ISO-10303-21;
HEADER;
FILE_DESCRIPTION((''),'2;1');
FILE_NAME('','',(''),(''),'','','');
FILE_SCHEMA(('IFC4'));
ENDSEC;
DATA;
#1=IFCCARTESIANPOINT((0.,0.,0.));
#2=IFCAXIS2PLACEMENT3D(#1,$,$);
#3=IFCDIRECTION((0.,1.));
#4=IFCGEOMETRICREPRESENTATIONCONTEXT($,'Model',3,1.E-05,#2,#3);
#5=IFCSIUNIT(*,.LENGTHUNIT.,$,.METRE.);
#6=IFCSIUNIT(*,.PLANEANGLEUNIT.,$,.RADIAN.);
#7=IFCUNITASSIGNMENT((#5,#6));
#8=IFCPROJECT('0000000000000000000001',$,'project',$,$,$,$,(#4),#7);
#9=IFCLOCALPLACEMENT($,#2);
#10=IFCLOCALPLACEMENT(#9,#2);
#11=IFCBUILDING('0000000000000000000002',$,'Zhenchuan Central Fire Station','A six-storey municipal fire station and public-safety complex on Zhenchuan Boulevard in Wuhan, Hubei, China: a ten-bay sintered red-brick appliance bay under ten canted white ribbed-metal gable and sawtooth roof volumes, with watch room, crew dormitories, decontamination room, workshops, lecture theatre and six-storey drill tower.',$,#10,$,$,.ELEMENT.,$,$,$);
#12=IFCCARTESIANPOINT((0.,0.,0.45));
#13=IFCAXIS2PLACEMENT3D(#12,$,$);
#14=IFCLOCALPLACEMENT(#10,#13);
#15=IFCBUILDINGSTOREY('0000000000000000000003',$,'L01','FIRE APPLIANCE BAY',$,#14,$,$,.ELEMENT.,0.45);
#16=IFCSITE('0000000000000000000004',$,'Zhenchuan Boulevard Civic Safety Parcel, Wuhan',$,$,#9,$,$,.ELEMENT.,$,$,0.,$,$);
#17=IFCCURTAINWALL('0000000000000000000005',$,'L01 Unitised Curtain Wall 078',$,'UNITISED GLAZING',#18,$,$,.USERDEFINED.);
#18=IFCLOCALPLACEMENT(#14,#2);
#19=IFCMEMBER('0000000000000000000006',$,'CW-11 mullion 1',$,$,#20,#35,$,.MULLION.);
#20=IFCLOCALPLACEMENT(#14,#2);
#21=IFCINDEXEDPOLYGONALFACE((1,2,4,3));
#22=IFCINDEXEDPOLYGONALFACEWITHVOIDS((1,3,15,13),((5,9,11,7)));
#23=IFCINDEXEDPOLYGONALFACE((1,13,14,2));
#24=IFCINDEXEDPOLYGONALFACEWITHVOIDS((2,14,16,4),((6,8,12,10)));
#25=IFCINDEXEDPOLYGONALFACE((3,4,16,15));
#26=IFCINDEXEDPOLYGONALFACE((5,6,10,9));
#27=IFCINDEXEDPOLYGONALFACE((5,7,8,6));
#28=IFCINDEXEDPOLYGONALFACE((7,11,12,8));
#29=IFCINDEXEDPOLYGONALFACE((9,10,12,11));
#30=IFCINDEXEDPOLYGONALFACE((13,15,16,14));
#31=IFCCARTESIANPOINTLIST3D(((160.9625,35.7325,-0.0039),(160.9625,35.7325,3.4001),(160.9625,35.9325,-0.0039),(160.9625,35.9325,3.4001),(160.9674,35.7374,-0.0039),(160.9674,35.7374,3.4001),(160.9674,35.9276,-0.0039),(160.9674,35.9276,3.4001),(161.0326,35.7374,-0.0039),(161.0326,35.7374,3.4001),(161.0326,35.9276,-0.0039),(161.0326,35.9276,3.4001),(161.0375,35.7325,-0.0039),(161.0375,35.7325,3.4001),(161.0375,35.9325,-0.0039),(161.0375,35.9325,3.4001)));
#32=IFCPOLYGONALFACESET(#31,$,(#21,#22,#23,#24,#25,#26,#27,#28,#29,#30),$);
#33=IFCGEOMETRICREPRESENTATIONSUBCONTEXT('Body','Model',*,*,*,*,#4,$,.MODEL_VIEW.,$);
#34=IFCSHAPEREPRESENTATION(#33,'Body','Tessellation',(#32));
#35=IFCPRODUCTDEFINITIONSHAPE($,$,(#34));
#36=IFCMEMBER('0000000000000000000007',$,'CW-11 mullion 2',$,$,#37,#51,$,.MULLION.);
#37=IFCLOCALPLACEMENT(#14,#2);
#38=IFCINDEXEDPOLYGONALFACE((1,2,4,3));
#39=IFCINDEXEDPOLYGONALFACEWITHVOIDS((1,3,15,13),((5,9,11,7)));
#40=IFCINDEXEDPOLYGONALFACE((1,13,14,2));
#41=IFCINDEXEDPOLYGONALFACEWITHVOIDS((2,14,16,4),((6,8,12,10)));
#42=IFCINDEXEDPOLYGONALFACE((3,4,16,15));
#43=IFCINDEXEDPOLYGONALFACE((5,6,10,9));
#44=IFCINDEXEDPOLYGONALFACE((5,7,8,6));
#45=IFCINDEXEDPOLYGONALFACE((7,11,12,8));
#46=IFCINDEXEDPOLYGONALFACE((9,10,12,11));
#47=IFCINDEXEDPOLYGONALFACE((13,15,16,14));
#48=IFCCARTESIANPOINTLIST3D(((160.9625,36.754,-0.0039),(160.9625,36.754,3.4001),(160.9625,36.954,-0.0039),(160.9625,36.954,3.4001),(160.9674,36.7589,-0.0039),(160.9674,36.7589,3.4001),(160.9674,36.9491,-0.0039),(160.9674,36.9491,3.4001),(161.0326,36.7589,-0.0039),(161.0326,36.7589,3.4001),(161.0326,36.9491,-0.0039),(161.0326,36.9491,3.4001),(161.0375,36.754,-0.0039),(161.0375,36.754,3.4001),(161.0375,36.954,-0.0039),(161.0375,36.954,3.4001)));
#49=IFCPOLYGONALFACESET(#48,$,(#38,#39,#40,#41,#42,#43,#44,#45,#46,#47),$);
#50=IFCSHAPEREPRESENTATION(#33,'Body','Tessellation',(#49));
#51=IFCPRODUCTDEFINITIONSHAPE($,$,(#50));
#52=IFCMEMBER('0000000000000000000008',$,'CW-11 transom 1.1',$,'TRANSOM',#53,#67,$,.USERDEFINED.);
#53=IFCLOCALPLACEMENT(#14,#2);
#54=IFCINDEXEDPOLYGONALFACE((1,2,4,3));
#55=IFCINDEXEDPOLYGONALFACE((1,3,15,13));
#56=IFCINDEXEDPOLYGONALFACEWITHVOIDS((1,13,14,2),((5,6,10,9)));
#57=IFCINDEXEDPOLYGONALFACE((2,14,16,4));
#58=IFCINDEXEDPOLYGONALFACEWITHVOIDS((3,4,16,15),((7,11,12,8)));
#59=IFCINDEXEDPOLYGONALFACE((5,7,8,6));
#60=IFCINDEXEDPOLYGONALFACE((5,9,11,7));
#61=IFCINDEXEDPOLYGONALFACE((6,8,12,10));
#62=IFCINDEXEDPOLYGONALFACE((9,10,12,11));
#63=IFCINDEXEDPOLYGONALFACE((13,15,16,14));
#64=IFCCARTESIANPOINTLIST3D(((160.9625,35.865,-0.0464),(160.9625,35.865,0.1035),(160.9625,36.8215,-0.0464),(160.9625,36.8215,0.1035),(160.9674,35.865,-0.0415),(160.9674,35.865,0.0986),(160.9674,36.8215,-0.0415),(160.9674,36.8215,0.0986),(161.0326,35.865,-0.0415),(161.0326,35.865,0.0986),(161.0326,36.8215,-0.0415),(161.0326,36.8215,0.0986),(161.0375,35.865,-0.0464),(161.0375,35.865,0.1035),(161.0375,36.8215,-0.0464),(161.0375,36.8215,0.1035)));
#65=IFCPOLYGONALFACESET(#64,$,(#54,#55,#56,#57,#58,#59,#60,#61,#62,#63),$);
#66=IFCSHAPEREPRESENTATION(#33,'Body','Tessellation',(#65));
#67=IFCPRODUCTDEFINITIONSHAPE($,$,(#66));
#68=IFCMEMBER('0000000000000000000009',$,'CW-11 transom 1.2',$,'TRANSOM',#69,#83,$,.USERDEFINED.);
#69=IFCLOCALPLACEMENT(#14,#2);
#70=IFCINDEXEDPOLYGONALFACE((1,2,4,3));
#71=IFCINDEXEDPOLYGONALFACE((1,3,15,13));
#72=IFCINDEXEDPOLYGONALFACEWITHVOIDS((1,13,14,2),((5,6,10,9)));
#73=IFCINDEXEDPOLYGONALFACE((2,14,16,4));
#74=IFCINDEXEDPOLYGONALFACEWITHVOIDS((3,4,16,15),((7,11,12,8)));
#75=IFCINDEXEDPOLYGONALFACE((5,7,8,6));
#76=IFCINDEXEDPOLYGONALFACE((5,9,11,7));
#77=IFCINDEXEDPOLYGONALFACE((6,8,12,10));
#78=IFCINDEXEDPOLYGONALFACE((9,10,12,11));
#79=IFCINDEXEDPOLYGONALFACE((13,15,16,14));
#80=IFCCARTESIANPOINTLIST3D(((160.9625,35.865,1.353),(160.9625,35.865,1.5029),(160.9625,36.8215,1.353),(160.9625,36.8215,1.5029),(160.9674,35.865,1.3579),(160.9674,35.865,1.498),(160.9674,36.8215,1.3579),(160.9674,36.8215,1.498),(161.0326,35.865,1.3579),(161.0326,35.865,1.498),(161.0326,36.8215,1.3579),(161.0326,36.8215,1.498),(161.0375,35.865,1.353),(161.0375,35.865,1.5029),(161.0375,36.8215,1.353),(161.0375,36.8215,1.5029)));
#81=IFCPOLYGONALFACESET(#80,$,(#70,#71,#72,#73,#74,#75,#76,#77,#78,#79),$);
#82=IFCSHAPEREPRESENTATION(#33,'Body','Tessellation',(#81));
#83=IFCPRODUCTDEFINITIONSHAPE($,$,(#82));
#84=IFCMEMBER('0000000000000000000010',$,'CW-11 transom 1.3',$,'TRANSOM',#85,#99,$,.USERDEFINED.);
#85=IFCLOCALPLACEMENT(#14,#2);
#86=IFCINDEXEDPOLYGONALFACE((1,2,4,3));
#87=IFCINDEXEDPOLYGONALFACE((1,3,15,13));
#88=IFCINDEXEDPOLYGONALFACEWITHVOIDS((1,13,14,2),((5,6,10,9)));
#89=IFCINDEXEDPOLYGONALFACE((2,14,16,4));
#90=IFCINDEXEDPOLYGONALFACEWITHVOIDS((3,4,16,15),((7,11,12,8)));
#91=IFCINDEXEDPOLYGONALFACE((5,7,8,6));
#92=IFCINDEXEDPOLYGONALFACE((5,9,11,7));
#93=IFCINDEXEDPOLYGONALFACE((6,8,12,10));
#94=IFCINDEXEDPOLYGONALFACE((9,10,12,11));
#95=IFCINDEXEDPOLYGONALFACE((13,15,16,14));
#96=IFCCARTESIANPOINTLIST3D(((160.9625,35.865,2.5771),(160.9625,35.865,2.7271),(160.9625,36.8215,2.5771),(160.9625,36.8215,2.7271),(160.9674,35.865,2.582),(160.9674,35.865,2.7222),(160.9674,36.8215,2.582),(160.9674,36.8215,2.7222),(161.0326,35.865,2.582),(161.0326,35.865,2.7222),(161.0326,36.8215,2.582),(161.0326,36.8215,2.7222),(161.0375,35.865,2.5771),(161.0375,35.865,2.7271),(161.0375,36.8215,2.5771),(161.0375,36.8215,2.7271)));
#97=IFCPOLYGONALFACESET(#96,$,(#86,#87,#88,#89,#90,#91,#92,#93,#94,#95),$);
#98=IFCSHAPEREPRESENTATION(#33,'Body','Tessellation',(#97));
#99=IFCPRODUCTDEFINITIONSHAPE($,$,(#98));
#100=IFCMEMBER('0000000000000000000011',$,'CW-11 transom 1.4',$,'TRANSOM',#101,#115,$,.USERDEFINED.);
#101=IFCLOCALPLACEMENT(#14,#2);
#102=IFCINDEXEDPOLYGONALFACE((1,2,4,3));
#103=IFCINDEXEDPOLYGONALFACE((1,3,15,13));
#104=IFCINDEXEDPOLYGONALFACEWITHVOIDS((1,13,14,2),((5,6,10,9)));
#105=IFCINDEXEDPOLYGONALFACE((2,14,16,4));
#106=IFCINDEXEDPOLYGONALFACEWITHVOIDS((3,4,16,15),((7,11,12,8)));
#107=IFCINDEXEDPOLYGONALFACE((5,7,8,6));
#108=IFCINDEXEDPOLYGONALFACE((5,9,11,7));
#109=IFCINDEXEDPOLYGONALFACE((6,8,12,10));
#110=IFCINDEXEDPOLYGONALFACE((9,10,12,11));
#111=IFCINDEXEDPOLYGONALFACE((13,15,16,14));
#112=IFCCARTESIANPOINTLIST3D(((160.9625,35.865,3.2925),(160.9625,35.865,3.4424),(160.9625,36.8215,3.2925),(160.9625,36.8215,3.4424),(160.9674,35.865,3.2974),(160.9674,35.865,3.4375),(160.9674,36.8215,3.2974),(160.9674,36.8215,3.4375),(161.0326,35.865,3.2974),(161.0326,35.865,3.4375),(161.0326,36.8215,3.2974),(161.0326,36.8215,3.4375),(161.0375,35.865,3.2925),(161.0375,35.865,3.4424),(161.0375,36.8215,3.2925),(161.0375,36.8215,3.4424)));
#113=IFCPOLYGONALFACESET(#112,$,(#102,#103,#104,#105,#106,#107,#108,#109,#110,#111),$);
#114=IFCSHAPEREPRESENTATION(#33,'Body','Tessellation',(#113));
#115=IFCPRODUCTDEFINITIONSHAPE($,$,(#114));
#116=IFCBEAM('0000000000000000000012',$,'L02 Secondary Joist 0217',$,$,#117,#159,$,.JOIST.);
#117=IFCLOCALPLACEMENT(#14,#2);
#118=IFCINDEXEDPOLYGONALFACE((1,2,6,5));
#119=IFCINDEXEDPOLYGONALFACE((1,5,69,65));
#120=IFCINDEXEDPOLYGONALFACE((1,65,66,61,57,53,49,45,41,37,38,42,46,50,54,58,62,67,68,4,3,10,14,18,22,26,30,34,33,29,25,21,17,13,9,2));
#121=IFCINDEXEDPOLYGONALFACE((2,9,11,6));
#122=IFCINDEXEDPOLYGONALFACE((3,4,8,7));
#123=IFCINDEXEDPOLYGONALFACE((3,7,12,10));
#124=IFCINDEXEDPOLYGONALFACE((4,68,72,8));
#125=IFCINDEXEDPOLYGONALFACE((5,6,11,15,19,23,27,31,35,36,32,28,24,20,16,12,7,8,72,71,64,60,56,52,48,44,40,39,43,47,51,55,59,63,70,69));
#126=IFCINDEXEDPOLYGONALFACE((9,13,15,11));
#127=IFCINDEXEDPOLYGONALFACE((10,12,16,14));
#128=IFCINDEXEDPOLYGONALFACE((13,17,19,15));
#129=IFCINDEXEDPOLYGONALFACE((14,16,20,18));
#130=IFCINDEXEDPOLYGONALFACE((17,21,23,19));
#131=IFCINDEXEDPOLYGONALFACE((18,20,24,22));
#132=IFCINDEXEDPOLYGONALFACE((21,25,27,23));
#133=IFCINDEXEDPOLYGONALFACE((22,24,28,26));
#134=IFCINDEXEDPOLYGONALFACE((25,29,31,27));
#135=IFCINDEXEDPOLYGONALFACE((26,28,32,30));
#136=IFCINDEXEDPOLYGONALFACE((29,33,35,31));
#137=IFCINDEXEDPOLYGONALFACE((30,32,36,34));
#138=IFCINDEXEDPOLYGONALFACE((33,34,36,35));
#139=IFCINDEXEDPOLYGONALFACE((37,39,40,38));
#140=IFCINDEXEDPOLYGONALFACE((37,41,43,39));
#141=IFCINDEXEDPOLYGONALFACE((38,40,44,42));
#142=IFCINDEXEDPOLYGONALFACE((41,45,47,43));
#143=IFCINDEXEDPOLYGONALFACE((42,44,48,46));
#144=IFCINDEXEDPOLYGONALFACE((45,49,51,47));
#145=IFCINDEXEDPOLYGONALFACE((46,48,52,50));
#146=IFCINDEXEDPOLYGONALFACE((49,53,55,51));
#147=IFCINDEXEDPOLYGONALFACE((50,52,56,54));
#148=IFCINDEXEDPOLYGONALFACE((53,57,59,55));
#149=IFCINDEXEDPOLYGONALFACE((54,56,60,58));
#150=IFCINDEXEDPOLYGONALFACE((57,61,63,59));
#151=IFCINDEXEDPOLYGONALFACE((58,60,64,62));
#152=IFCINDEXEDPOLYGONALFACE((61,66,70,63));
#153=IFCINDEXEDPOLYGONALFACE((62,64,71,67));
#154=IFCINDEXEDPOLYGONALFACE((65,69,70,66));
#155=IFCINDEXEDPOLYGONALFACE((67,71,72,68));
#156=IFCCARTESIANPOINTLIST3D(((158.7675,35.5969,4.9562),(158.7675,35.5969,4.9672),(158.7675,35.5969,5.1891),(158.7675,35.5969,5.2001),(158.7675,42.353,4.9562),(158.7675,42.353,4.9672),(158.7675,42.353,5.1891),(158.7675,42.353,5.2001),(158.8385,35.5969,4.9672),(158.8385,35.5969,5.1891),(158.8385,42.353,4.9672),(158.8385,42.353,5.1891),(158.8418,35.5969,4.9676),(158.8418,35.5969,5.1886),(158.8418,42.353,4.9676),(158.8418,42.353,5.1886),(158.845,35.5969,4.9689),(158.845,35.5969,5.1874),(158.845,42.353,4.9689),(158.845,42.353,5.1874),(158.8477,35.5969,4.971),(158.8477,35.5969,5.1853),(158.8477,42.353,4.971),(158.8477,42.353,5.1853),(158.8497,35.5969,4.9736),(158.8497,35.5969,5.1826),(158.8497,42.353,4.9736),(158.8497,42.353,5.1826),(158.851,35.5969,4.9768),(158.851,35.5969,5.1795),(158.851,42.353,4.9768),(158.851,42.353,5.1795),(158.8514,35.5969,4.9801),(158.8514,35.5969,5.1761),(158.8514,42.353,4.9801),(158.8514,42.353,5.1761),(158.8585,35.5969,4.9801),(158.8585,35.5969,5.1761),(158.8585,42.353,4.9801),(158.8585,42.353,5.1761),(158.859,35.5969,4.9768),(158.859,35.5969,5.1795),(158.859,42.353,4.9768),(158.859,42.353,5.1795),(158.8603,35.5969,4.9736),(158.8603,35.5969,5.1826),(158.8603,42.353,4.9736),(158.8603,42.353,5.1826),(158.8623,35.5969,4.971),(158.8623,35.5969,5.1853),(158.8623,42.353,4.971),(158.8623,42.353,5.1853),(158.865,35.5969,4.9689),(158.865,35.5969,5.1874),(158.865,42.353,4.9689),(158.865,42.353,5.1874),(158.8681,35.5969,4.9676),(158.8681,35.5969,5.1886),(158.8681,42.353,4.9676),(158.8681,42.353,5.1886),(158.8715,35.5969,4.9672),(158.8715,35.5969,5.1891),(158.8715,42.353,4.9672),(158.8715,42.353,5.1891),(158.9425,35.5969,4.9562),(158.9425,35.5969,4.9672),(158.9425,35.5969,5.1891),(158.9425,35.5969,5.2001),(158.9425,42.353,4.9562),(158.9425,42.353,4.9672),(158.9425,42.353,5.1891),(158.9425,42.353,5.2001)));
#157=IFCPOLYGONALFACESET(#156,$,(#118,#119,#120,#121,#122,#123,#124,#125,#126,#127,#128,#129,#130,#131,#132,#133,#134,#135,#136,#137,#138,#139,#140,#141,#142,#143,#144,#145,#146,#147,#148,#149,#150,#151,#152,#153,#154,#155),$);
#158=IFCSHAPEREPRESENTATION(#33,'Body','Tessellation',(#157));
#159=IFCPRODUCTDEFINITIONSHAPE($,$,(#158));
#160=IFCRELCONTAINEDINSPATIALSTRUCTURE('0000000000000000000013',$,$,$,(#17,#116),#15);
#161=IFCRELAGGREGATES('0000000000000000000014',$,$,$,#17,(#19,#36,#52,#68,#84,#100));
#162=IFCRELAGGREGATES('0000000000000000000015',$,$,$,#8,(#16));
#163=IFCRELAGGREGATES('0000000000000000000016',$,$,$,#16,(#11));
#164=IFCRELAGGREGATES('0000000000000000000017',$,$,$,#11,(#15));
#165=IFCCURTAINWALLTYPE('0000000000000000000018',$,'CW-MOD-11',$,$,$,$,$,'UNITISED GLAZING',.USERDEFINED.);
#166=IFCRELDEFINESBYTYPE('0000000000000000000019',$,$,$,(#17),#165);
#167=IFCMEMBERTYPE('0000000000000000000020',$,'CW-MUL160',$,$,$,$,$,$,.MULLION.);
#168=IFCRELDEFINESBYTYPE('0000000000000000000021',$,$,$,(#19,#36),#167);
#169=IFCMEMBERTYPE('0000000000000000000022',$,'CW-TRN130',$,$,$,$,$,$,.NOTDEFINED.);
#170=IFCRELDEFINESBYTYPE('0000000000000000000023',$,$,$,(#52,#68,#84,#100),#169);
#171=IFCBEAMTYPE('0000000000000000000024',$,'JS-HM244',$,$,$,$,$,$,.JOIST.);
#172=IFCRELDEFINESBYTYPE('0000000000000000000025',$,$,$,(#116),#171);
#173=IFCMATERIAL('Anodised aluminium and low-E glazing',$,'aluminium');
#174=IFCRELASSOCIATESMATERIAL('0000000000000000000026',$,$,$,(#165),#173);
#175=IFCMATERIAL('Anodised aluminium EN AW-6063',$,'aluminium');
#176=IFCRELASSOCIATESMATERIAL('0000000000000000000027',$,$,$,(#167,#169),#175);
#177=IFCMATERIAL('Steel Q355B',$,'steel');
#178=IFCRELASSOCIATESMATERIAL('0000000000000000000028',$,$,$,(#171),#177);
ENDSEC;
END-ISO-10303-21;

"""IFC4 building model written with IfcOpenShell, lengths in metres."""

from ifc_helpers import new_model, si_unit, direction, frame, origin, origin_2d, place, context, subcontext, project, spatial, hollow_rectangle, i_section, extrude, material, material_profile, profile_set, type_object, element, aggregate, save


model = new_model("IFC4")

# Units and contexts
model_context = context("Model", 3, precision=1e-05, world=origin(), true_north=direction((0.0, 1.0)))
body_context = subcontext(model_context, "Body", "Model", "MODEL_VIEW")
ifc_project = project(units=[si_unit("LENGTHUNIT", "METRE"), si_unit("PLANEANGLEUNIT", "RADIAN")], contexts=[model_context])

# Site, building, storey
site_placement = place(None, origin())
site = spatial("IfcSite", under=ifc_project, at=site_placement, Name="Zhenchuan Boulevard Civic Safety Parcel, Wuhan", CompositionType="ELEMENT", RefElevation=0.0)
building_placement = place(site_placement, origin())
building = spatial("IfcBuilding", under=site, at=building_placement, Name="Zhenchuan Central Fire Station", Description="A six-storey municipal fire station and public-safety complex on Zhenchuan Boulevard in Wuhan, Hubei, China: a ten-bay sintered red-brick appliance bay under ten canted white ribbed-metal gable and sawtooth roof volumes, with watch room, crew dormitories, decontamination room, workshops, lecture theatre and six-storey drill tower.", CompositionType="ELEMENT")
storey_placement = place(building_placement, frame((0.0, 0.0, 0.45)))
storey = spatial("IfcBuildingStorey", under=building, at=storey_placement, Name="L01", Description="FIRE APPLIANCE BAY", CompositionType="ELEMENT", Elevation=0.45)

# Shared definitions
ifc_material_1 = material(Name="Steel Q355B", Category="steel")

# Curtain wall, members
ifc_material_2 = material(Name="Anodised aluminium and low-E glazing", Category="aluminium")
curtain_wall_type = type_object("IfcCurtainWallType", Name="CW-MOD-11", ElementType="UNITISED GLAZING", PredefinedType="USERDEFINED", material=ifc_material_2)
curtain_wall_placement = place(storey_placement, origin())
curtain_wall = element("IfcCurtainWall", 1, at=curtain_wall_placement, inside=storey, type_object=curtain_wall_type, Name="L01 Unitised Curtain Wall 078", ObjectType="UNITISED GLAZING", PredefinedType="USERDEFINED")
ifc_material_3 = material(Name="Anodised aluminium EN AW-6063", Category="aluminium")
ifc_material_profile_1 = material_profile(ifc_material_3, hollow_rectangle(XDim=0.075, YDim=0.2, WallThickness=0.0049, at=origin_2d()), Name="ALU-M 200x75")
ifc_profile_set_1 = profile_set([ifc_material_profile_1], Name="Anodised aluminium EN AW-6063")
member_type_1 = type_object("IfcMemberType", Name="CW-MUL160", PredefinedType="MULLION", material=ifc_profile_set_1)
member_1_placement = place(storey_placement, frame((161.0, 35.8325, -0.0039), z_axis=(0.0, 0.0, 1.0), x_axis=(-1.0, 0.0, 0.0)))
member_1 = element("IfcMember", 2, at=member_1_placement, type_object=member_type_1, Name="CW-11 mullion 1", PredefinedType="MULLION", context=body_context, shape_type="SweptSolid", body=[
    extrude(hollow_rectangle(XDim=0.075, YDim=0.2, WallThickness=0.0049, at=origin_2d()), origin(), (0.0, 0.0, 1.0), 3.4041),
])
member_2_placement = place(storey_placement, frame((161.0, 36.854, -0.0039), z_axis=(0.0, 0.0, 1.0), x_axis=(-1.0, 0.0, 0.0)))
member_2 = element("IfcMember", 3, at=member_2_placement, type_object=member_type_1, Name="CW-11 mullion 2", PredefinedType="MULLION", context=body_context, shape_type="SweptSolid", body=[
    extrude(hollow_rectangle(XDim=0.075, YDim=0.2, WallThickness=0.0049, at=origin_2d()), origin(), (0.0, 0.0, 1.0), 3.4041),
])
ifc_material_profile_2 = material_profile(ifc_material_3, hollow_rectangle(XDim=0.075, YDim=0.1499, WallThickness=0.0049, at=origin_2d()), Name="ALU-T 150x75")
ifc_profile_set_2 = profile_set([ifc_material_profile_2], Name="Anodised aluminium EN AW-6063")
member_type_2 = type_object("IfcMemberType", Name="CW-TRN130", PredefinedType="NOTDEFINED", material=ifc_profile_set_2)
member_3_placement = place(storey_placement, frame((161.0, 35.865, 0.0286), z_axis=(0.0, 1.0, 0.0), x_axis=(-1.0, 0.0, 0.0)))
member_3 = element("IfcMember", 4, at=member_3_placement, type_object=member_type_2, Name="CW-11 transom 1.1", ObjectType="TRANSOM", PredefinedType="USERDEFINED", context=body_context, shape_type="SweptSolid", body=[
    extrude(hollow_rectangle(XDim=0.075, YDim=0.1499, WallThickness=0.0049, at=origin_2d()), origin(), (0.0, 0.0, 1.0), 0.9565),
])
member_4_placement = place(storey_placement, frame((161.0, 35.865, 1.428), z_axis=(0.0, 1.0, 0.0), x_axis=(-1.0, 0.0, 0.0)))
member_4 = element("IfcMember", 5, at=member_4_placement, type_object=member_type_2, Name="CW-11 transom 1.2", ObjectType="TRANSOM", PredefinedType="USERDEFINED", context=body_context, shape_type="SweptSolid", body=[
    extrude(hollow_rectangle(XDim=0.075, YDim=0.1499, WallThickness=0.0049, at=origin_2d()), origin(), (0.0, 0.0, 1.0), 0.9565),
])
member_5_placement = place(storey_placement, frame((161.0, 35.865, 2.6521), z_axis=(0.0, 1.0, 0.0), x_axis=(-1.0, 0.0, 0.0)))
member_5 = element("IfcMember", 6, at=member_5_placement, type_object=member_type_2, Name="CW-11 transom 1.3", ObjectType="TRANSOM", PredefinedType="USERDEFINED", context=body_context, shape_type="SweptSolid", body=[
    extrude(hollow_rectangle(XDim=0.075, YDim=0.1499, WallThickness=0.0049, at=origin_2d()), origin(), (0.0, 0.0, 1.0), 0.9565),
])
member_6_placement = place(storey_placement, frame((161.0, 35.865, 3.3674), z_axis=(0.0, 1.0, 0.0), x_axis=(-1.0, 0.0, 0.0)))
member_6 = element("IfcMember", 7, at=member_6_placement, type_object=member_type_2, Name="CW-11 transom 1.4", ObjectType="TRANSOM", PredefinedType="USERDEFINED", context=body_context, shape_type="SweptSolid", body=[
    extrude(hollow_rectangle(XDim=0.075, YDim=0.1499, WallThickness=0.0049, at=origin_2d()), origin(), (0.0, 0.0, 1.0), 0.9565),
])

# Beam
ifc_material_profile_3 = material_profile(ifc_material_1, i_section(OverallWidth=0.175, OverallDepth=0.2439, WebThickness=0.0071, FlangeThickness=0.011, FilletRadius=0.0129, at=origin_2d()), Name="HM 244x175")
ifc_profile_set_3 = profile_set([ifc_material_profile_3], Name="Steel Q355B")
beam_type_1 = type_object("IfcBeamType", Name="JS-HM244", PredefinedType="JOIST", material=ifc_profile_set_3)
beam_1_placement = place(storey_placement, frame((158.855, 35.5969, 5.0781), z_axis=(0.0, 1.0, 0.0), x_axis=(-1.0, 0.0, 0.0)))
element("IfcBeam", 8, at=beam_1_placement, inside=storey, type_object=beam_type_1, Name="L02 Secondary Joist 0217", PredefinedType="JOIST", context=body_context, shape_type="SweptSolid", body=[
    extrude(i_section(OverallWidth=0.175, OverallDepth=0.2439, WebThickness=0.0071, FlangeThickness=0.011, FilletRadius=0.0129, at=origin_2d()), origin(), (0.0, 0.0, 1.0), 6.7561),
])

aggregate(curtain_wall, [member_1, member_2, member_3, member_4, member_5, member_6])

save(model, "model.ifc")
